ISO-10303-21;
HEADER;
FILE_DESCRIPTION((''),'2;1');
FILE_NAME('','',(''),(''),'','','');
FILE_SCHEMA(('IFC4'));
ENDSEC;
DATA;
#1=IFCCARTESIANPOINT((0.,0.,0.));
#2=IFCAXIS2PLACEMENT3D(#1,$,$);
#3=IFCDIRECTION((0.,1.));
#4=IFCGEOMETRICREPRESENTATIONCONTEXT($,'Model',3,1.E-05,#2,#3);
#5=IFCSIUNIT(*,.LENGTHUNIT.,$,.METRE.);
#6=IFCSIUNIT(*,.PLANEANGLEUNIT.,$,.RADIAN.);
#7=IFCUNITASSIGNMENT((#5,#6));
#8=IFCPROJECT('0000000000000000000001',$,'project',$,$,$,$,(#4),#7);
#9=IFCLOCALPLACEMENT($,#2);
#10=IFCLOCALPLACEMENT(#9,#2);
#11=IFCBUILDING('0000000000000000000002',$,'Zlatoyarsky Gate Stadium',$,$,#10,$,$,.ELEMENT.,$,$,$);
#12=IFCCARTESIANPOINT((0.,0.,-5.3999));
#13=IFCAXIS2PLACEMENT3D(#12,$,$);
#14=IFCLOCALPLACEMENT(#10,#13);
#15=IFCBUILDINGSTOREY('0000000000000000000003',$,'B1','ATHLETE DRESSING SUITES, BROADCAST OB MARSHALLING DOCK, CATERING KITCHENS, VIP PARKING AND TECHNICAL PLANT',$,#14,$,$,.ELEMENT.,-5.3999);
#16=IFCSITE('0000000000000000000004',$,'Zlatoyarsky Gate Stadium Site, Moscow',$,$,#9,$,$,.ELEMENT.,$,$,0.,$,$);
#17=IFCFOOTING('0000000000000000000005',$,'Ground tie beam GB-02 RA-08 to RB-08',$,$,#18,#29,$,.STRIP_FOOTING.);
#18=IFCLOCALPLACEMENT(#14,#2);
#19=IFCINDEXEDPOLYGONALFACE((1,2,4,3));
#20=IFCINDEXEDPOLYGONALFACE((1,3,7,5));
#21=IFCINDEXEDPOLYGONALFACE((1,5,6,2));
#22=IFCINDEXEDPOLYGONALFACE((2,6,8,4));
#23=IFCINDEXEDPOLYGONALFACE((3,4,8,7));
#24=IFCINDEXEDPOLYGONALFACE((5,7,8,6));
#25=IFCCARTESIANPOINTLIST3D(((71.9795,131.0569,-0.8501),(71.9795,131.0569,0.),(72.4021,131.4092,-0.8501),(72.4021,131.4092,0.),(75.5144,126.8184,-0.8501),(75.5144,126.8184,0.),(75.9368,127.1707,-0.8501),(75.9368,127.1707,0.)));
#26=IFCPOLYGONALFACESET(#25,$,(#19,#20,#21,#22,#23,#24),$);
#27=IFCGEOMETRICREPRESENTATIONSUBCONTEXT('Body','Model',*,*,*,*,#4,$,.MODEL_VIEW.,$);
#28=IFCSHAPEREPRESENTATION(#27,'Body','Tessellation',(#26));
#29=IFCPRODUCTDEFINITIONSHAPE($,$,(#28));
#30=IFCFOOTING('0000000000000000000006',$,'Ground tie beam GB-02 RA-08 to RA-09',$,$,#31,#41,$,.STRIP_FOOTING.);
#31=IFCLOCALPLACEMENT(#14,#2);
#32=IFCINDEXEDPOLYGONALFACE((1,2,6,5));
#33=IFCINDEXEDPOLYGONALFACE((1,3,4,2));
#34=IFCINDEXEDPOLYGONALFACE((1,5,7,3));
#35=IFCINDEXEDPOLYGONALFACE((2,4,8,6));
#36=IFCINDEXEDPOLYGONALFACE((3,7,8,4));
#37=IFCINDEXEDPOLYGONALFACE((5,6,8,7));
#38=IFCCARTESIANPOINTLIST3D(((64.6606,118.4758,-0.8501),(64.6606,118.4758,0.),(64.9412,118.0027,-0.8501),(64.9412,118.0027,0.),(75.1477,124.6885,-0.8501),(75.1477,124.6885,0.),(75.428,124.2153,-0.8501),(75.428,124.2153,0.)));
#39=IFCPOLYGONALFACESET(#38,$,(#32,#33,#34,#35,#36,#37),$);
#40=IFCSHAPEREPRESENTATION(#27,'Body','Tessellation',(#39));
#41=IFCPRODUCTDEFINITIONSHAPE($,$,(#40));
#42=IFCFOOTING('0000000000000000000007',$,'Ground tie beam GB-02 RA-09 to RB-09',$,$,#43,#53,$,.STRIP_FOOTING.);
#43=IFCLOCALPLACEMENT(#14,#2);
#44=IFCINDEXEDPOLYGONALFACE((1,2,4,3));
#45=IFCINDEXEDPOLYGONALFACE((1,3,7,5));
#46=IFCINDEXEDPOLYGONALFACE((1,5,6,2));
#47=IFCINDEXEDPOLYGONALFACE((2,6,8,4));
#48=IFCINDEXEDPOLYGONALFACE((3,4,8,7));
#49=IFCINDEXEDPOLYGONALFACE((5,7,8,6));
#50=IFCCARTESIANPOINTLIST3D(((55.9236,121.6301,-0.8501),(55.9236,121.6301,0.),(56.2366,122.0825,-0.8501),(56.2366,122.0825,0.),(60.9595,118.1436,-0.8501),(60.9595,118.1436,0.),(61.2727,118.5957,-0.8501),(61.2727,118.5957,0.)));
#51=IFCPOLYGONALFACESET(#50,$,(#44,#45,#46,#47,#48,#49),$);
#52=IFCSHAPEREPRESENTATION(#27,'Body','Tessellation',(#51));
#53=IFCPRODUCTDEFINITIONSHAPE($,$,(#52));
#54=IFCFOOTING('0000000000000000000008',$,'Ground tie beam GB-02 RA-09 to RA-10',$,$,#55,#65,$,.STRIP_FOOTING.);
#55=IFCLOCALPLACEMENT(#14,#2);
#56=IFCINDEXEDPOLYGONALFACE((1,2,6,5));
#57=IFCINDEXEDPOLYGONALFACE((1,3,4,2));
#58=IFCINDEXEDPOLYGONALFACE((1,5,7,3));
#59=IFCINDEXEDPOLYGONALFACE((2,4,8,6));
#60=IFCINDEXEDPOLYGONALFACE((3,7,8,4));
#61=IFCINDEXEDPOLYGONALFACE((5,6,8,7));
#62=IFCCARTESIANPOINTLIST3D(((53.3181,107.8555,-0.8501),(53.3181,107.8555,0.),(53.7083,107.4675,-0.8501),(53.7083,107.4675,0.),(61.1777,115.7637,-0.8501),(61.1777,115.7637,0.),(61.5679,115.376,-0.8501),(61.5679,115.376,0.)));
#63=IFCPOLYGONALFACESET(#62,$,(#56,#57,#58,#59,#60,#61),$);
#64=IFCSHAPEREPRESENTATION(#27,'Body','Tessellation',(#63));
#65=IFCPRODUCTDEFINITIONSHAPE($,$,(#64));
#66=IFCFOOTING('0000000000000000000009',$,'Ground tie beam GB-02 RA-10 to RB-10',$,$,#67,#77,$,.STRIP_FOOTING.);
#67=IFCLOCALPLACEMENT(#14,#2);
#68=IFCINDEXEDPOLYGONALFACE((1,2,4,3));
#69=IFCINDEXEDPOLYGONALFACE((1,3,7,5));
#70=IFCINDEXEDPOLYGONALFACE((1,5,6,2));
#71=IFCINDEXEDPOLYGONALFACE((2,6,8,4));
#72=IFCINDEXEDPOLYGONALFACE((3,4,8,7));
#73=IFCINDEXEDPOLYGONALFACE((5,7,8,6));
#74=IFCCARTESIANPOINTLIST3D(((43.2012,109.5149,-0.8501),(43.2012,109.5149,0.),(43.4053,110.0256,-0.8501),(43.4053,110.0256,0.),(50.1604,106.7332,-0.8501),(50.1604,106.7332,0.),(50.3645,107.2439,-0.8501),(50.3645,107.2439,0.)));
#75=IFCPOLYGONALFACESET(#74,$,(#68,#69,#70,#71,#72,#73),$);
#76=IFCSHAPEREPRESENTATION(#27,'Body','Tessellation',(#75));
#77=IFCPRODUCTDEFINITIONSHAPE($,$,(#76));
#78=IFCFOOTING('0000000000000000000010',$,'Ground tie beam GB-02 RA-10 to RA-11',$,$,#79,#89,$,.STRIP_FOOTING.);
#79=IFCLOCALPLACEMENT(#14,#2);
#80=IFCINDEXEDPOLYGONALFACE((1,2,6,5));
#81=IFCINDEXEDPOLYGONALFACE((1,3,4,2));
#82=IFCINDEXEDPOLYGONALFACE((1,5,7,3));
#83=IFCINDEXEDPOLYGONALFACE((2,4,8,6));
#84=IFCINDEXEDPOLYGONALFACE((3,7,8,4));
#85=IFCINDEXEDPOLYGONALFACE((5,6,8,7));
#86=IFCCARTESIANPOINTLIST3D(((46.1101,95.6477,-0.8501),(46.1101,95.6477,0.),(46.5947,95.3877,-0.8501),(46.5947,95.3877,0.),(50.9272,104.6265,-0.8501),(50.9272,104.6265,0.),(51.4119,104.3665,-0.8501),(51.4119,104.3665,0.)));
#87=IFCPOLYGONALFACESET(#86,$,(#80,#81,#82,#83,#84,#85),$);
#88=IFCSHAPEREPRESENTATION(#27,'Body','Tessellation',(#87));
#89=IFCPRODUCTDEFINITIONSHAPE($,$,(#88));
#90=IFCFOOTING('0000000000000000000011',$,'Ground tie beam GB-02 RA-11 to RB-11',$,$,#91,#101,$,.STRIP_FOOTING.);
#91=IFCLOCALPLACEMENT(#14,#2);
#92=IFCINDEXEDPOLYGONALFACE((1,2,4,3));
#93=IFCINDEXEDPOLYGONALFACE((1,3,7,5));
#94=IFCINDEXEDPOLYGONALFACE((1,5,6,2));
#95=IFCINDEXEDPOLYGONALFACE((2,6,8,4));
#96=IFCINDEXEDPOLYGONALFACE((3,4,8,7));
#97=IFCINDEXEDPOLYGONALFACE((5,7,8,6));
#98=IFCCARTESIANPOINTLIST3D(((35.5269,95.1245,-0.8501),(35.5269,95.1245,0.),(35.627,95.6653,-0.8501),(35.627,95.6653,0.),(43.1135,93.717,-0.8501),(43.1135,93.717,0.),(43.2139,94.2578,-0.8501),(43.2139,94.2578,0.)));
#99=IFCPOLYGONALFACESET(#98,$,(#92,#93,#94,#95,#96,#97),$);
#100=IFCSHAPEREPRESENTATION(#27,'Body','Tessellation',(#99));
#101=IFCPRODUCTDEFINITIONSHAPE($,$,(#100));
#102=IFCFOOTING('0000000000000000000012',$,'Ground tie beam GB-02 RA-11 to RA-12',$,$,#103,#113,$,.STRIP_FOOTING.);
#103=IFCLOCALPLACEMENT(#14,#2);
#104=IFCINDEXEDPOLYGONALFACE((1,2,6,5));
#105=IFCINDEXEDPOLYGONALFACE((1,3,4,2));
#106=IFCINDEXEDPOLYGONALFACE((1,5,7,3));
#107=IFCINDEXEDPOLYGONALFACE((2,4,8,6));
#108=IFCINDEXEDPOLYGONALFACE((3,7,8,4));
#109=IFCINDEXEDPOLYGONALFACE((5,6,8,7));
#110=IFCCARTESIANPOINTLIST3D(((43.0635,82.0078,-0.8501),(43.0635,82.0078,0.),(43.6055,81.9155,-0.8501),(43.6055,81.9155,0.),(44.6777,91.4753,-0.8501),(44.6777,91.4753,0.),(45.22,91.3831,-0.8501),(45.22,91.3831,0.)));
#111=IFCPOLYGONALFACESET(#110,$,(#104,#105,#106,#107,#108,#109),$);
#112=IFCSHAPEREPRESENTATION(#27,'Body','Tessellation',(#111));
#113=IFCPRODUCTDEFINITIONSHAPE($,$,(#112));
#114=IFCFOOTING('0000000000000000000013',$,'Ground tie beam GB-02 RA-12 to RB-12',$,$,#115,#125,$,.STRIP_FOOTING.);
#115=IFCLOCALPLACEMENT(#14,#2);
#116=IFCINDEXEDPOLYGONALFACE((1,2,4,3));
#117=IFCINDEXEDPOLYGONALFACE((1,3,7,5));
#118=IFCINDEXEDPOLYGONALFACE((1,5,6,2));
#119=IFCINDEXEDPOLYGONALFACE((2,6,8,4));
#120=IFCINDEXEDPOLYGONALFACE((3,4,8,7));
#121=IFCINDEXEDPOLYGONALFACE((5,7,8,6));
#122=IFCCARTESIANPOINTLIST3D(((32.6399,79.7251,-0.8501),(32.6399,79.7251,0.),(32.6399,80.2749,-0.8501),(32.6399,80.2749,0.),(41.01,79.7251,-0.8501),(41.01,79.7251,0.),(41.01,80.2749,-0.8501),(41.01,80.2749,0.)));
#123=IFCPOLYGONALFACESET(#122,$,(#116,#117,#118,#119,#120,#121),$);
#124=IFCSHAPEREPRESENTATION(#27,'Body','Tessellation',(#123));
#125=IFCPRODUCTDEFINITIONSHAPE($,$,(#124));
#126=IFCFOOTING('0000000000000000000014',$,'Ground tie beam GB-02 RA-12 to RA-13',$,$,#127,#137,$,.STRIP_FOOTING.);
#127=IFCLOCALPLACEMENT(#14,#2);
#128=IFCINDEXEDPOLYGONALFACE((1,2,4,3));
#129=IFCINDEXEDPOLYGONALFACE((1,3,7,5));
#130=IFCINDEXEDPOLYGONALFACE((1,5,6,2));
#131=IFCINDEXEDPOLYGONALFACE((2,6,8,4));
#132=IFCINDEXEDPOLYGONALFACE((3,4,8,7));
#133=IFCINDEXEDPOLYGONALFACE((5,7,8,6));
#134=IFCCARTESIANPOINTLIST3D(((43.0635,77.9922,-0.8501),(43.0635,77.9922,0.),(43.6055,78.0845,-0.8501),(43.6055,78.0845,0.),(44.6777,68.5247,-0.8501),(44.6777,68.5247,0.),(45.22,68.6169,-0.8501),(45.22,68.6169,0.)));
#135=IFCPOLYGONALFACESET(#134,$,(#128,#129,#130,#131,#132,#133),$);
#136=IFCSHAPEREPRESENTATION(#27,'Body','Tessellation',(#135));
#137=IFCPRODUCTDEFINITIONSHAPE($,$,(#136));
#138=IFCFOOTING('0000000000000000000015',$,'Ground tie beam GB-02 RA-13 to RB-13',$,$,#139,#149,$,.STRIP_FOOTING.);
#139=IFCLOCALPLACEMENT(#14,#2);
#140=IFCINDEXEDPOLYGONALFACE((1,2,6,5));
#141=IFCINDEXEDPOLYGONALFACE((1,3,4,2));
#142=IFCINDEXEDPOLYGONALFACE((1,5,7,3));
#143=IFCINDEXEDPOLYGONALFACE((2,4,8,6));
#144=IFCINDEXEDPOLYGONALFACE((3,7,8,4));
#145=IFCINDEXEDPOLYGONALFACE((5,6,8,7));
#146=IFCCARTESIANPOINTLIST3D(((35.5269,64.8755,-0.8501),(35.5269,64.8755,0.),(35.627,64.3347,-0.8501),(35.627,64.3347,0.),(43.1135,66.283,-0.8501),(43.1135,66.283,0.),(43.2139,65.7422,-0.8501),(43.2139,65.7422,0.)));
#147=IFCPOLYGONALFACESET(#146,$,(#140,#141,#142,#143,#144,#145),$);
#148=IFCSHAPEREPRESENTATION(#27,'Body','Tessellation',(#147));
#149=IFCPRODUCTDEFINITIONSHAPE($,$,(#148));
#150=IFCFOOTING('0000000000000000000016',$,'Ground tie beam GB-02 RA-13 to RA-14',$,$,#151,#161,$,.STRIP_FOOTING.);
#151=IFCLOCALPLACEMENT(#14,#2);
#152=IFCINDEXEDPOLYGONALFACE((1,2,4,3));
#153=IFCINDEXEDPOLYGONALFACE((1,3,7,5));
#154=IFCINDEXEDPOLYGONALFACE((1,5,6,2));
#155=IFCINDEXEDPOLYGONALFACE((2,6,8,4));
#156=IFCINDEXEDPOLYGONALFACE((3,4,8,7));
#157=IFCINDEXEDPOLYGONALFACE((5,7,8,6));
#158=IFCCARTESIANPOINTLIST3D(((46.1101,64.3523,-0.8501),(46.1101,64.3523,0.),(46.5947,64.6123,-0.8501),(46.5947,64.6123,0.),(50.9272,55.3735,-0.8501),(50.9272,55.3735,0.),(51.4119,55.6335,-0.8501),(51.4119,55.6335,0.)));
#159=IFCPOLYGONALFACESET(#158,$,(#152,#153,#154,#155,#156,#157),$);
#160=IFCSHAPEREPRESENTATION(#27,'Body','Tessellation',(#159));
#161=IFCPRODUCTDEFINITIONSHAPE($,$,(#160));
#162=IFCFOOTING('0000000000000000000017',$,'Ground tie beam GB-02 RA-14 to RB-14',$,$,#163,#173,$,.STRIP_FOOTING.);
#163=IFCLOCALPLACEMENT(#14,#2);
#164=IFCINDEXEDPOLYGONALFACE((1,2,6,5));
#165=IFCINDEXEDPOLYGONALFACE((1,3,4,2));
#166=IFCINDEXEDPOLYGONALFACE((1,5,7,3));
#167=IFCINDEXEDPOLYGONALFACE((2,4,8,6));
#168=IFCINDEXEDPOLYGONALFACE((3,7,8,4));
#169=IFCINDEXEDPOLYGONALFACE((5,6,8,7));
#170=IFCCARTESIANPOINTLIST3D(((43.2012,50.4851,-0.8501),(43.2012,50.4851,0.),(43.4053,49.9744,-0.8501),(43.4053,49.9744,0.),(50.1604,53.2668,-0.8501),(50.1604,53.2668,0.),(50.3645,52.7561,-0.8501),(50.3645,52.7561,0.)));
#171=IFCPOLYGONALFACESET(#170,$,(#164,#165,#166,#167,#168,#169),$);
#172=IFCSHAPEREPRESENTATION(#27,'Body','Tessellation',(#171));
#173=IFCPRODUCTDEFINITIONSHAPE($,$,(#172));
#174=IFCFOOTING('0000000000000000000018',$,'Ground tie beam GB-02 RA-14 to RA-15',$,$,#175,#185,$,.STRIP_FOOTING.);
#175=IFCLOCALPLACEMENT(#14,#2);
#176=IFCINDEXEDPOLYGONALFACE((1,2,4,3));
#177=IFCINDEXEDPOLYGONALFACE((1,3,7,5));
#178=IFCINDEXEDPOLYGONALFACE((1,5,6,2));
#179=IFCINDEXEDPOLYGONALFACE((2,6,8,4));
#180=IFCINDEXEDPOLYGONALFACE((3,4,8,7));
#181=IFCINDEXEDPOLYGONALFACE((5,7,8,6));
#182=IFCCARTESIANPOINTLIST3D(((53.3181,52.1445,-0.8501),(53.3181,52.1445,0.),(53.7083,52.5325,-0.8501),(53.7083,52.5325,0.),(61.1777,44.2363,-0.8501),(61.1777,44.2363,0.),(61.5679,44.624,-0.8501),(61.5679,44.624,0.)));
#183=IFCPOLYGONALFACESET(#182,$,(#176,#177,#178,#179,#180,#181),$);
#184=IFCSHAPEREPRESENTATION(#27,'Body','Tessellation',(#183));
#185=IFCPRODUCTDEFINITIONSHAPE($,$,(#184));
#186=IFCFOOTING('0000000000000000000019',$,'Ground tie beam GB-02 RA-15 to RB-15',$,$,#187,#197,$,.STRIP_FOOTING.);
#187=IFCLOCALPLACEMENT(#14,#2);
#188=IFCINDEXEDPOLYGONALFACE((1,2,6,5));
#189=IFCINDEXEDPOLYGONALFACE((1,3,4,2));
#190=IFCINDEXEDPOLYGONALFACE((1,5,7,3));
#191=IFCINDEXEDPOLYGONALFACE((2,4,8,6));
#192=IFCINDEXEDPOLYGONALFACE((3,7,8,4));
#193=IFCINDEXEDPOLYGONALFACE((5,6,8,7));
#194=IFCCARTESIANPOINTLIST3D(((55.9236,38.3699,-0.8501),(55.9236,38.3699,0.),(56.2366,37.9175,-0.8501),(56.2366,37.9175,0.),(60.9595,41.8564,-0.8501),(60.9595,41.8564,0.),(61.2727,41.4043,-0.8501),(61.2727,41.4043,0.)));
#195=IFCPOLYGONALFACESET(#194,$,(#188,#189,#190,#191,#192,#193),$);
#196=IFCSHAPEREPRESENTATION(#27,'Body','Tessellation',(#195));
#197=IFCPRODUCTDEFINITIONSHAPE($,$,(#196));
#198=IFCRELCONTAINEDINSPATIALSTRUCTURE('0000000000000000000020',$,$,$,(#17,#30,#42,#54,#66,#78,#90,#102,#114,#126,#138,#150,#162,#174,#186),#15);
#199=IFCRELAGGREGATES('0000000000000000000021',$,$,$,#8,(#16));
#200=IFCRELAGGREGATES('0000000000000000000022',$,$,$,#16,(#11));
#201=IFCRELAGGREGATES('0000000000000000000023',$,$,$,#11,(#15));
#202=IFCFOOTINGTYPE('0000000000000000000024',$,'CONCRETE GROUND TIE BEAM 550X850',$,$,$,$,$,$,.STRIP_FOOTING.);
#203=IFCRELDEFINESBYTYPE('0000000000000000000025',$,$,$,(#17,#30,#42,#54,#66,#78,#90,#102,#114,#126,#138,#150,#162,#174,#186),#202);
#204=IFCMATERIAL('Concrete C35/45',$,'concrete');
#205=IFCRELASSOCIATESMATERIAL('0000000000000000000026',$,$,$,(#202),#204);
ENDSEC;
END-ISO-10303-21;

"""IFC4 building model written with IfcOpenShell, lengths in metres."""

from ifc_helpers import new_model, si_unit, direction, frame, origin, origin_2d, place, context, subcontext, project, spatial, polyline, rectangle, outline, extrude, material, material_profile, profile_set, type_object, element, save


model = new_model("IFC4")

# Units and contexts
model_context = context("Model", 3, precision=1e-05, world=origin(), true_north=direction((0.0, 1.0)))
body_context = subcontext(model_context, "Body", "Model", "MODEL_VIEW")
ifc_project = project(units=[si_unit("LENGTHUNIT", "METRE"), si_unit("PLANEANGLEUNIT", "RADIAN")], contexts=[model_context])

# Site, building, storey
site_placement = place(None, origin())
site = spatial("IfcSite", under=ifc_project, at=site_placement, Name="Zlatoyarsky Gate Stadium Site, Moscow", CompositionType="ELEMENT", RefElevation=0.0)
building_placement = place(site_placement, origin())
building = spatial("IfcBuilding", under=site, at=building_placement, Name="Zlatoyarsky Gate Stadium", CompositionType="ELEMENT")
storey_placement = place(building_placement, frame((0.0, 0.0, -5.3999)))
storey = spatial("IfcBuildingStorey", under=building, at=storey_placement, Name="B1", Description="ATHLETE DRESSING SUITES, BROADCAST OB MARSHALLING DOCK, CATERING KITCHENS, VIP PARKING AND TECHNICAL PLANT", CompositionType="ELEMENT", Elevation=-5.3999)

# Footings
ifc_material = material(Name="Concrete C35/45", Category="concrete")
ifc_material_profile = material_profile(ifc_material, rectangle(XDim=0.55, YDim=0.8501, at=origin_2d()), Name="GB 550X850")
ifc_profile_set = profile_set([ifc_material_profile], Name="Concrete C35/45")
footing_type = type_object("IfcFootingType", Name="CONCRETE GROUND TIE BEAM 550X850", PredefinedType="STRIP_FOOTING", material=ifc_profile_set)
footing_1_placement = place(storey_placement, frame((0.0, 0.0, -0.8501)))
element("IfcFooting", 1, at=footing_1_placement, inside=storey, type_object=footing_type, Name="Ground tie beam GB-02 RA-08 to RB-08", PredefinedType="STRIP_FOOTING", context=body_context, shape_type="SweptSolid", body=[
    extrude(outline(polyline([(75.9368, 127.1707), (72.4021, 131.4092), (71.9795, 131.0569), (75.5144, 126.8184), (75.9368, 127.1707)])), origin(), (0.0, 0.0, 1.0), 0.8501),
])
footing_2_placement = place(storey_placement, frame((0.0, 0.0, -0.8501)))
element("IfcFooting", 2, at=footing_2_placement, inside=storey, type_object=footing_type, Name="Ground tie beam GB-02 RA-08 to RA-09", PredefinedType="STRIP_FOOTING", context=body_context, shape_type="SweptSolid", body=[
    extrude(outline(polyline([(75.1477, 124.6885), (64.6606, 118.4758), (64.9412, 118.0027), (75.428, 124.2153), (75.1477, 124.6885)])), origin(), (0.0, 0.0, 1.0), 0.8501),
])
footing_3_placement = place(storey_placement, frame((0.0, 0.0, -0.8501)))
element("IfcFooting", 3, at=footing_3_placement, inside=storey, type_object=footing_type, Name="Ground tie beam GB-02 RA-09 to RB-09", PredefinedType="STRIP_FOOTING", context=body_context, shape_type="SweptSolid", body=[
    extrude(outline(polyline([(61.2727, 118.5957), (56.2366, 122.0825), (55.9236, 121.6301), (60.9595, 118.1436), (61.2727, 118.5957)])), origin(), (0.0, 0.0, 1.0), 0.8501),
])
footing_4_placement = place(storey_placement, frame((0.0, 0.0, -0.8501)))
element("IfcFooting", 4, at=footing_4_placement, inside=storey, type_object=footing_type, Name="Ground tie beam GB-02 RA-09 to RA-10", PredefinedType="STRIP_FOOTING", context=body_context, shape_type="SweptSolid", body=[
    extrude(outline(polyline([(61.1777, 115.7637), (53.3181, 107.8555), (53.7083, 107.4675), (61.5679, 115.376), (61.1777, 115.7637)])), origin(), (0.0, 0.0, 1.0), 0.8501),
])
footing_5_placement = place(storey_placement, frame((0.0, 0.0, -0.8501)))
element("IfcFooting", 5, at=footing_5_placement, inside=storey, type_object=footing_type, Name="Ground tie beam GB-02 RA-10 to RB-10", PredefinedType="STRIP_FOOTING", context=body_context, shape_type="SweptSolid", body=[
    extrude(outline(polyline([(50.3645, 107.2439), (43.4053, 110.0256), (43.2012, 109.5149), (50.1604, 106.7332), (50.3645, 107.2439)])), origin(), (0.0, 0.0, 1.0), 0.8501),
])
footing_6_placement = place(storey_placement, frame((0.0, 0.0, -0.8501)))
element("IfcFooting", 6, at=footing_6_placement, inside=storey, type_object=footing_type, Name="Ground tie beam GB-02 RA-10 to RA-11", PredefinedType="STRIP_FOOTING", context=body_context, shape_type="SweptSolid", body=[
    extrude(outline(polyline([(50.9272, 104.6265), (46.1101, 95.6477), (46.5947, 95.3877), (51.4119, 104.3665), (50.9272, 104.6265)])), origin(), (0.0, 0.0, 1.0), 0.8501),
])
footing_7_placement = place(storey_placement, frame((0.0, 0.0, -0.8501)))
element("IfcFooting", 7, at=footing_7_placement, inside=storey, type_object=footing_type, Name="Ground tie beam GB-02 RA-11 to RB-11", PredefinedType="STRIP_FOOTING", context=body_context, shape_type="SweptSolid", body=[
    extrude(outline(polyline([(43.2139, 94.2578), (35.627, 95.6653), (35.5269, 95.1245), (43.1135, 93.717), (43.2139, 94.2578)])), origin(), (0.0, 0.0, 1.0), 0.8501),
])
footing_8_placement = place(storey_placement, frame((0.0, 0.0, -0.8501)))
element("IfcFooting", 8, at=footing_8_placement, inside=storey, type_object=footing_type, Name="Ground tie beam GB-02 RA-11 to RA-12", PredefinedType="STRIP_FOOTING", context=body_context, shape_type="SweptSolid", body=[
    extrude(outline(polyline([(44.6777, 91.4753), (43.0635, 82.0078), (43.6055, 81.9155), (45.22, 91.3831), (44.6777, 91.4753)])), origin(), (0.0, 0.0, 1.0), 0.8501),
])
footing_9_placement = place(storey_placement, frame((0.0, 0.0, -0.8501)))
element("IfcFooting", 9, at=footing_9_placement, inside=storey, type_object=footing_type, Name="Ground tie beam GB-02 RA-12 to RB-12", PredefinedType="STRIP_FOOTING", context=body_context, shape_type="SweptSolid", body=[
    extrude(outline(polyline([(41.01, 80.2749), (32.6399, 80.2749), (32.6399, 79.7251), (41.01, 79.7251), (41.01, 80.2749)])), origin(), (0.0, 0.0, 1.0), 0.8501),
])
footing_10_placement = place(storey_placement, frame((0.0, 0.0, -0.8501)))
element("IfcFooting", 10, at=footing_10_placement, inside=storey, type_object=footing_type, Name="Ground tie beam GB-02 RA-12 to RA-13", PredefinedType="STRIP_FOOTING", context=body_context, shape_type="SweptSolid", body=[
    extrude(outline(polyline([(43.0635, 77.9922), (44.6777, 68.5247), (45.22, 68.6169), (43.6055, 78.0845), (43.0635, 77.9922)])), origin(), (0.0, 0.0, 1.0), 0.8501),
])
footing_11_placement = place(storey_placement, frame((0.0, 0.0, -0.8501)))
element("IfcFooting", 11, at=footing_11_placement, inside=storey, type_object=footing_type, Name="Ground tie beam GB-02 RA-13 to RB-13", PredefinedType="STRIP_FOOTING", context=body_context, shape_type="SweptSolid", body=[
    extrude(outline(polyline([(43.1135, 66.283), (35.5269, 64.8755), (35.627, 64.3347), (43.2139, 65.7422), (43.1135, 66.283)])), origin(), (0.0, 0.0, 1.0), 0.8501),
])
footing_12_placement = place(storey_placement, frame((0.0, 0.0, -0.8501)))
element("IfcFooting", 12, at=footing_12_placement, inside=storey, type_object=footing_type, Name="Ground tie beam GB-02 RA-13 to RA-14", PredefinedType="STRIP_FOOTING", context=body_context, shape_type="SweptSolid", body=[
    extrude(outline(polyline([(46.1101, 64.3523), (50.9272, 55.3735), (51.4119, 55.6335), (46.5947, 64.6123), (46.1101, 64.3523)])), origin(), (0.0, 0.0, 1.0), 0.8501),
])
footing_13_placement = place(storey_placement, frame((0.0, 0.0, -0.8501)))
element("IfcFooting", 13, at=footing_13_placement, inside=storey, type_object=footing_type, Name="Ground tie beam GB-02 RA-14 to RB-14", PredefinedType="STRIP_FOOTING", context=body_context, shape_type="SweptSolid", body=[
    extrude(outline(polyline([(50.1604, 53.2668), (43.2012, 50.4851), (43.4053, 49.9744), (50.3645, 52.7561), (50.1604, 53.2668)])), origin(), (0.0, 0.0, 1.0), 0.8501),
])
footing_14_placement = place(storey_placement, frame((0.0, 0.0, -0.8501)))
element("IfcFooting", 14, at=footing_14_placement, inside=storey, type_object=footing_type, Name="Ground tie beam GB-02 RA-14 to RA-15", PredefinedType="STRIP_FOOTING", context=body_context, shape_type="SweptSolid", body=[
    extrude(outline(polyline([(53.3181, 52.1445), (61.1777, 44.2363), (61.5679, 44.624), (53.7083, 52.5325), (53.3181, 52.1445)])), origin(), (0.0, 0.0, 1.0), 0.8501),
])
footing_15_placement = place(storey_placement, frame((0.0, 0.0, -0.8501)))
element("IfcFooting", 15, at=footing_15_placement, inside=storey, type_object=footing_type, Name="Ground tie beam GB-02 RA-15 to RB-15", PredefinedType="STRIP_FOOTING", context=body_context, shape_type="SweptSolid", body=[
    extrude(outline(polyline([(60.9595, 41.8564), (55.9236, 38.3699), (56.2366, 37.9175), (61.2727, 41.4043), (60.9595, 41.8564)])), origin(), (0.0, 0.0, 1.0), 0.8501),
])

save(model, "model.ifc")
